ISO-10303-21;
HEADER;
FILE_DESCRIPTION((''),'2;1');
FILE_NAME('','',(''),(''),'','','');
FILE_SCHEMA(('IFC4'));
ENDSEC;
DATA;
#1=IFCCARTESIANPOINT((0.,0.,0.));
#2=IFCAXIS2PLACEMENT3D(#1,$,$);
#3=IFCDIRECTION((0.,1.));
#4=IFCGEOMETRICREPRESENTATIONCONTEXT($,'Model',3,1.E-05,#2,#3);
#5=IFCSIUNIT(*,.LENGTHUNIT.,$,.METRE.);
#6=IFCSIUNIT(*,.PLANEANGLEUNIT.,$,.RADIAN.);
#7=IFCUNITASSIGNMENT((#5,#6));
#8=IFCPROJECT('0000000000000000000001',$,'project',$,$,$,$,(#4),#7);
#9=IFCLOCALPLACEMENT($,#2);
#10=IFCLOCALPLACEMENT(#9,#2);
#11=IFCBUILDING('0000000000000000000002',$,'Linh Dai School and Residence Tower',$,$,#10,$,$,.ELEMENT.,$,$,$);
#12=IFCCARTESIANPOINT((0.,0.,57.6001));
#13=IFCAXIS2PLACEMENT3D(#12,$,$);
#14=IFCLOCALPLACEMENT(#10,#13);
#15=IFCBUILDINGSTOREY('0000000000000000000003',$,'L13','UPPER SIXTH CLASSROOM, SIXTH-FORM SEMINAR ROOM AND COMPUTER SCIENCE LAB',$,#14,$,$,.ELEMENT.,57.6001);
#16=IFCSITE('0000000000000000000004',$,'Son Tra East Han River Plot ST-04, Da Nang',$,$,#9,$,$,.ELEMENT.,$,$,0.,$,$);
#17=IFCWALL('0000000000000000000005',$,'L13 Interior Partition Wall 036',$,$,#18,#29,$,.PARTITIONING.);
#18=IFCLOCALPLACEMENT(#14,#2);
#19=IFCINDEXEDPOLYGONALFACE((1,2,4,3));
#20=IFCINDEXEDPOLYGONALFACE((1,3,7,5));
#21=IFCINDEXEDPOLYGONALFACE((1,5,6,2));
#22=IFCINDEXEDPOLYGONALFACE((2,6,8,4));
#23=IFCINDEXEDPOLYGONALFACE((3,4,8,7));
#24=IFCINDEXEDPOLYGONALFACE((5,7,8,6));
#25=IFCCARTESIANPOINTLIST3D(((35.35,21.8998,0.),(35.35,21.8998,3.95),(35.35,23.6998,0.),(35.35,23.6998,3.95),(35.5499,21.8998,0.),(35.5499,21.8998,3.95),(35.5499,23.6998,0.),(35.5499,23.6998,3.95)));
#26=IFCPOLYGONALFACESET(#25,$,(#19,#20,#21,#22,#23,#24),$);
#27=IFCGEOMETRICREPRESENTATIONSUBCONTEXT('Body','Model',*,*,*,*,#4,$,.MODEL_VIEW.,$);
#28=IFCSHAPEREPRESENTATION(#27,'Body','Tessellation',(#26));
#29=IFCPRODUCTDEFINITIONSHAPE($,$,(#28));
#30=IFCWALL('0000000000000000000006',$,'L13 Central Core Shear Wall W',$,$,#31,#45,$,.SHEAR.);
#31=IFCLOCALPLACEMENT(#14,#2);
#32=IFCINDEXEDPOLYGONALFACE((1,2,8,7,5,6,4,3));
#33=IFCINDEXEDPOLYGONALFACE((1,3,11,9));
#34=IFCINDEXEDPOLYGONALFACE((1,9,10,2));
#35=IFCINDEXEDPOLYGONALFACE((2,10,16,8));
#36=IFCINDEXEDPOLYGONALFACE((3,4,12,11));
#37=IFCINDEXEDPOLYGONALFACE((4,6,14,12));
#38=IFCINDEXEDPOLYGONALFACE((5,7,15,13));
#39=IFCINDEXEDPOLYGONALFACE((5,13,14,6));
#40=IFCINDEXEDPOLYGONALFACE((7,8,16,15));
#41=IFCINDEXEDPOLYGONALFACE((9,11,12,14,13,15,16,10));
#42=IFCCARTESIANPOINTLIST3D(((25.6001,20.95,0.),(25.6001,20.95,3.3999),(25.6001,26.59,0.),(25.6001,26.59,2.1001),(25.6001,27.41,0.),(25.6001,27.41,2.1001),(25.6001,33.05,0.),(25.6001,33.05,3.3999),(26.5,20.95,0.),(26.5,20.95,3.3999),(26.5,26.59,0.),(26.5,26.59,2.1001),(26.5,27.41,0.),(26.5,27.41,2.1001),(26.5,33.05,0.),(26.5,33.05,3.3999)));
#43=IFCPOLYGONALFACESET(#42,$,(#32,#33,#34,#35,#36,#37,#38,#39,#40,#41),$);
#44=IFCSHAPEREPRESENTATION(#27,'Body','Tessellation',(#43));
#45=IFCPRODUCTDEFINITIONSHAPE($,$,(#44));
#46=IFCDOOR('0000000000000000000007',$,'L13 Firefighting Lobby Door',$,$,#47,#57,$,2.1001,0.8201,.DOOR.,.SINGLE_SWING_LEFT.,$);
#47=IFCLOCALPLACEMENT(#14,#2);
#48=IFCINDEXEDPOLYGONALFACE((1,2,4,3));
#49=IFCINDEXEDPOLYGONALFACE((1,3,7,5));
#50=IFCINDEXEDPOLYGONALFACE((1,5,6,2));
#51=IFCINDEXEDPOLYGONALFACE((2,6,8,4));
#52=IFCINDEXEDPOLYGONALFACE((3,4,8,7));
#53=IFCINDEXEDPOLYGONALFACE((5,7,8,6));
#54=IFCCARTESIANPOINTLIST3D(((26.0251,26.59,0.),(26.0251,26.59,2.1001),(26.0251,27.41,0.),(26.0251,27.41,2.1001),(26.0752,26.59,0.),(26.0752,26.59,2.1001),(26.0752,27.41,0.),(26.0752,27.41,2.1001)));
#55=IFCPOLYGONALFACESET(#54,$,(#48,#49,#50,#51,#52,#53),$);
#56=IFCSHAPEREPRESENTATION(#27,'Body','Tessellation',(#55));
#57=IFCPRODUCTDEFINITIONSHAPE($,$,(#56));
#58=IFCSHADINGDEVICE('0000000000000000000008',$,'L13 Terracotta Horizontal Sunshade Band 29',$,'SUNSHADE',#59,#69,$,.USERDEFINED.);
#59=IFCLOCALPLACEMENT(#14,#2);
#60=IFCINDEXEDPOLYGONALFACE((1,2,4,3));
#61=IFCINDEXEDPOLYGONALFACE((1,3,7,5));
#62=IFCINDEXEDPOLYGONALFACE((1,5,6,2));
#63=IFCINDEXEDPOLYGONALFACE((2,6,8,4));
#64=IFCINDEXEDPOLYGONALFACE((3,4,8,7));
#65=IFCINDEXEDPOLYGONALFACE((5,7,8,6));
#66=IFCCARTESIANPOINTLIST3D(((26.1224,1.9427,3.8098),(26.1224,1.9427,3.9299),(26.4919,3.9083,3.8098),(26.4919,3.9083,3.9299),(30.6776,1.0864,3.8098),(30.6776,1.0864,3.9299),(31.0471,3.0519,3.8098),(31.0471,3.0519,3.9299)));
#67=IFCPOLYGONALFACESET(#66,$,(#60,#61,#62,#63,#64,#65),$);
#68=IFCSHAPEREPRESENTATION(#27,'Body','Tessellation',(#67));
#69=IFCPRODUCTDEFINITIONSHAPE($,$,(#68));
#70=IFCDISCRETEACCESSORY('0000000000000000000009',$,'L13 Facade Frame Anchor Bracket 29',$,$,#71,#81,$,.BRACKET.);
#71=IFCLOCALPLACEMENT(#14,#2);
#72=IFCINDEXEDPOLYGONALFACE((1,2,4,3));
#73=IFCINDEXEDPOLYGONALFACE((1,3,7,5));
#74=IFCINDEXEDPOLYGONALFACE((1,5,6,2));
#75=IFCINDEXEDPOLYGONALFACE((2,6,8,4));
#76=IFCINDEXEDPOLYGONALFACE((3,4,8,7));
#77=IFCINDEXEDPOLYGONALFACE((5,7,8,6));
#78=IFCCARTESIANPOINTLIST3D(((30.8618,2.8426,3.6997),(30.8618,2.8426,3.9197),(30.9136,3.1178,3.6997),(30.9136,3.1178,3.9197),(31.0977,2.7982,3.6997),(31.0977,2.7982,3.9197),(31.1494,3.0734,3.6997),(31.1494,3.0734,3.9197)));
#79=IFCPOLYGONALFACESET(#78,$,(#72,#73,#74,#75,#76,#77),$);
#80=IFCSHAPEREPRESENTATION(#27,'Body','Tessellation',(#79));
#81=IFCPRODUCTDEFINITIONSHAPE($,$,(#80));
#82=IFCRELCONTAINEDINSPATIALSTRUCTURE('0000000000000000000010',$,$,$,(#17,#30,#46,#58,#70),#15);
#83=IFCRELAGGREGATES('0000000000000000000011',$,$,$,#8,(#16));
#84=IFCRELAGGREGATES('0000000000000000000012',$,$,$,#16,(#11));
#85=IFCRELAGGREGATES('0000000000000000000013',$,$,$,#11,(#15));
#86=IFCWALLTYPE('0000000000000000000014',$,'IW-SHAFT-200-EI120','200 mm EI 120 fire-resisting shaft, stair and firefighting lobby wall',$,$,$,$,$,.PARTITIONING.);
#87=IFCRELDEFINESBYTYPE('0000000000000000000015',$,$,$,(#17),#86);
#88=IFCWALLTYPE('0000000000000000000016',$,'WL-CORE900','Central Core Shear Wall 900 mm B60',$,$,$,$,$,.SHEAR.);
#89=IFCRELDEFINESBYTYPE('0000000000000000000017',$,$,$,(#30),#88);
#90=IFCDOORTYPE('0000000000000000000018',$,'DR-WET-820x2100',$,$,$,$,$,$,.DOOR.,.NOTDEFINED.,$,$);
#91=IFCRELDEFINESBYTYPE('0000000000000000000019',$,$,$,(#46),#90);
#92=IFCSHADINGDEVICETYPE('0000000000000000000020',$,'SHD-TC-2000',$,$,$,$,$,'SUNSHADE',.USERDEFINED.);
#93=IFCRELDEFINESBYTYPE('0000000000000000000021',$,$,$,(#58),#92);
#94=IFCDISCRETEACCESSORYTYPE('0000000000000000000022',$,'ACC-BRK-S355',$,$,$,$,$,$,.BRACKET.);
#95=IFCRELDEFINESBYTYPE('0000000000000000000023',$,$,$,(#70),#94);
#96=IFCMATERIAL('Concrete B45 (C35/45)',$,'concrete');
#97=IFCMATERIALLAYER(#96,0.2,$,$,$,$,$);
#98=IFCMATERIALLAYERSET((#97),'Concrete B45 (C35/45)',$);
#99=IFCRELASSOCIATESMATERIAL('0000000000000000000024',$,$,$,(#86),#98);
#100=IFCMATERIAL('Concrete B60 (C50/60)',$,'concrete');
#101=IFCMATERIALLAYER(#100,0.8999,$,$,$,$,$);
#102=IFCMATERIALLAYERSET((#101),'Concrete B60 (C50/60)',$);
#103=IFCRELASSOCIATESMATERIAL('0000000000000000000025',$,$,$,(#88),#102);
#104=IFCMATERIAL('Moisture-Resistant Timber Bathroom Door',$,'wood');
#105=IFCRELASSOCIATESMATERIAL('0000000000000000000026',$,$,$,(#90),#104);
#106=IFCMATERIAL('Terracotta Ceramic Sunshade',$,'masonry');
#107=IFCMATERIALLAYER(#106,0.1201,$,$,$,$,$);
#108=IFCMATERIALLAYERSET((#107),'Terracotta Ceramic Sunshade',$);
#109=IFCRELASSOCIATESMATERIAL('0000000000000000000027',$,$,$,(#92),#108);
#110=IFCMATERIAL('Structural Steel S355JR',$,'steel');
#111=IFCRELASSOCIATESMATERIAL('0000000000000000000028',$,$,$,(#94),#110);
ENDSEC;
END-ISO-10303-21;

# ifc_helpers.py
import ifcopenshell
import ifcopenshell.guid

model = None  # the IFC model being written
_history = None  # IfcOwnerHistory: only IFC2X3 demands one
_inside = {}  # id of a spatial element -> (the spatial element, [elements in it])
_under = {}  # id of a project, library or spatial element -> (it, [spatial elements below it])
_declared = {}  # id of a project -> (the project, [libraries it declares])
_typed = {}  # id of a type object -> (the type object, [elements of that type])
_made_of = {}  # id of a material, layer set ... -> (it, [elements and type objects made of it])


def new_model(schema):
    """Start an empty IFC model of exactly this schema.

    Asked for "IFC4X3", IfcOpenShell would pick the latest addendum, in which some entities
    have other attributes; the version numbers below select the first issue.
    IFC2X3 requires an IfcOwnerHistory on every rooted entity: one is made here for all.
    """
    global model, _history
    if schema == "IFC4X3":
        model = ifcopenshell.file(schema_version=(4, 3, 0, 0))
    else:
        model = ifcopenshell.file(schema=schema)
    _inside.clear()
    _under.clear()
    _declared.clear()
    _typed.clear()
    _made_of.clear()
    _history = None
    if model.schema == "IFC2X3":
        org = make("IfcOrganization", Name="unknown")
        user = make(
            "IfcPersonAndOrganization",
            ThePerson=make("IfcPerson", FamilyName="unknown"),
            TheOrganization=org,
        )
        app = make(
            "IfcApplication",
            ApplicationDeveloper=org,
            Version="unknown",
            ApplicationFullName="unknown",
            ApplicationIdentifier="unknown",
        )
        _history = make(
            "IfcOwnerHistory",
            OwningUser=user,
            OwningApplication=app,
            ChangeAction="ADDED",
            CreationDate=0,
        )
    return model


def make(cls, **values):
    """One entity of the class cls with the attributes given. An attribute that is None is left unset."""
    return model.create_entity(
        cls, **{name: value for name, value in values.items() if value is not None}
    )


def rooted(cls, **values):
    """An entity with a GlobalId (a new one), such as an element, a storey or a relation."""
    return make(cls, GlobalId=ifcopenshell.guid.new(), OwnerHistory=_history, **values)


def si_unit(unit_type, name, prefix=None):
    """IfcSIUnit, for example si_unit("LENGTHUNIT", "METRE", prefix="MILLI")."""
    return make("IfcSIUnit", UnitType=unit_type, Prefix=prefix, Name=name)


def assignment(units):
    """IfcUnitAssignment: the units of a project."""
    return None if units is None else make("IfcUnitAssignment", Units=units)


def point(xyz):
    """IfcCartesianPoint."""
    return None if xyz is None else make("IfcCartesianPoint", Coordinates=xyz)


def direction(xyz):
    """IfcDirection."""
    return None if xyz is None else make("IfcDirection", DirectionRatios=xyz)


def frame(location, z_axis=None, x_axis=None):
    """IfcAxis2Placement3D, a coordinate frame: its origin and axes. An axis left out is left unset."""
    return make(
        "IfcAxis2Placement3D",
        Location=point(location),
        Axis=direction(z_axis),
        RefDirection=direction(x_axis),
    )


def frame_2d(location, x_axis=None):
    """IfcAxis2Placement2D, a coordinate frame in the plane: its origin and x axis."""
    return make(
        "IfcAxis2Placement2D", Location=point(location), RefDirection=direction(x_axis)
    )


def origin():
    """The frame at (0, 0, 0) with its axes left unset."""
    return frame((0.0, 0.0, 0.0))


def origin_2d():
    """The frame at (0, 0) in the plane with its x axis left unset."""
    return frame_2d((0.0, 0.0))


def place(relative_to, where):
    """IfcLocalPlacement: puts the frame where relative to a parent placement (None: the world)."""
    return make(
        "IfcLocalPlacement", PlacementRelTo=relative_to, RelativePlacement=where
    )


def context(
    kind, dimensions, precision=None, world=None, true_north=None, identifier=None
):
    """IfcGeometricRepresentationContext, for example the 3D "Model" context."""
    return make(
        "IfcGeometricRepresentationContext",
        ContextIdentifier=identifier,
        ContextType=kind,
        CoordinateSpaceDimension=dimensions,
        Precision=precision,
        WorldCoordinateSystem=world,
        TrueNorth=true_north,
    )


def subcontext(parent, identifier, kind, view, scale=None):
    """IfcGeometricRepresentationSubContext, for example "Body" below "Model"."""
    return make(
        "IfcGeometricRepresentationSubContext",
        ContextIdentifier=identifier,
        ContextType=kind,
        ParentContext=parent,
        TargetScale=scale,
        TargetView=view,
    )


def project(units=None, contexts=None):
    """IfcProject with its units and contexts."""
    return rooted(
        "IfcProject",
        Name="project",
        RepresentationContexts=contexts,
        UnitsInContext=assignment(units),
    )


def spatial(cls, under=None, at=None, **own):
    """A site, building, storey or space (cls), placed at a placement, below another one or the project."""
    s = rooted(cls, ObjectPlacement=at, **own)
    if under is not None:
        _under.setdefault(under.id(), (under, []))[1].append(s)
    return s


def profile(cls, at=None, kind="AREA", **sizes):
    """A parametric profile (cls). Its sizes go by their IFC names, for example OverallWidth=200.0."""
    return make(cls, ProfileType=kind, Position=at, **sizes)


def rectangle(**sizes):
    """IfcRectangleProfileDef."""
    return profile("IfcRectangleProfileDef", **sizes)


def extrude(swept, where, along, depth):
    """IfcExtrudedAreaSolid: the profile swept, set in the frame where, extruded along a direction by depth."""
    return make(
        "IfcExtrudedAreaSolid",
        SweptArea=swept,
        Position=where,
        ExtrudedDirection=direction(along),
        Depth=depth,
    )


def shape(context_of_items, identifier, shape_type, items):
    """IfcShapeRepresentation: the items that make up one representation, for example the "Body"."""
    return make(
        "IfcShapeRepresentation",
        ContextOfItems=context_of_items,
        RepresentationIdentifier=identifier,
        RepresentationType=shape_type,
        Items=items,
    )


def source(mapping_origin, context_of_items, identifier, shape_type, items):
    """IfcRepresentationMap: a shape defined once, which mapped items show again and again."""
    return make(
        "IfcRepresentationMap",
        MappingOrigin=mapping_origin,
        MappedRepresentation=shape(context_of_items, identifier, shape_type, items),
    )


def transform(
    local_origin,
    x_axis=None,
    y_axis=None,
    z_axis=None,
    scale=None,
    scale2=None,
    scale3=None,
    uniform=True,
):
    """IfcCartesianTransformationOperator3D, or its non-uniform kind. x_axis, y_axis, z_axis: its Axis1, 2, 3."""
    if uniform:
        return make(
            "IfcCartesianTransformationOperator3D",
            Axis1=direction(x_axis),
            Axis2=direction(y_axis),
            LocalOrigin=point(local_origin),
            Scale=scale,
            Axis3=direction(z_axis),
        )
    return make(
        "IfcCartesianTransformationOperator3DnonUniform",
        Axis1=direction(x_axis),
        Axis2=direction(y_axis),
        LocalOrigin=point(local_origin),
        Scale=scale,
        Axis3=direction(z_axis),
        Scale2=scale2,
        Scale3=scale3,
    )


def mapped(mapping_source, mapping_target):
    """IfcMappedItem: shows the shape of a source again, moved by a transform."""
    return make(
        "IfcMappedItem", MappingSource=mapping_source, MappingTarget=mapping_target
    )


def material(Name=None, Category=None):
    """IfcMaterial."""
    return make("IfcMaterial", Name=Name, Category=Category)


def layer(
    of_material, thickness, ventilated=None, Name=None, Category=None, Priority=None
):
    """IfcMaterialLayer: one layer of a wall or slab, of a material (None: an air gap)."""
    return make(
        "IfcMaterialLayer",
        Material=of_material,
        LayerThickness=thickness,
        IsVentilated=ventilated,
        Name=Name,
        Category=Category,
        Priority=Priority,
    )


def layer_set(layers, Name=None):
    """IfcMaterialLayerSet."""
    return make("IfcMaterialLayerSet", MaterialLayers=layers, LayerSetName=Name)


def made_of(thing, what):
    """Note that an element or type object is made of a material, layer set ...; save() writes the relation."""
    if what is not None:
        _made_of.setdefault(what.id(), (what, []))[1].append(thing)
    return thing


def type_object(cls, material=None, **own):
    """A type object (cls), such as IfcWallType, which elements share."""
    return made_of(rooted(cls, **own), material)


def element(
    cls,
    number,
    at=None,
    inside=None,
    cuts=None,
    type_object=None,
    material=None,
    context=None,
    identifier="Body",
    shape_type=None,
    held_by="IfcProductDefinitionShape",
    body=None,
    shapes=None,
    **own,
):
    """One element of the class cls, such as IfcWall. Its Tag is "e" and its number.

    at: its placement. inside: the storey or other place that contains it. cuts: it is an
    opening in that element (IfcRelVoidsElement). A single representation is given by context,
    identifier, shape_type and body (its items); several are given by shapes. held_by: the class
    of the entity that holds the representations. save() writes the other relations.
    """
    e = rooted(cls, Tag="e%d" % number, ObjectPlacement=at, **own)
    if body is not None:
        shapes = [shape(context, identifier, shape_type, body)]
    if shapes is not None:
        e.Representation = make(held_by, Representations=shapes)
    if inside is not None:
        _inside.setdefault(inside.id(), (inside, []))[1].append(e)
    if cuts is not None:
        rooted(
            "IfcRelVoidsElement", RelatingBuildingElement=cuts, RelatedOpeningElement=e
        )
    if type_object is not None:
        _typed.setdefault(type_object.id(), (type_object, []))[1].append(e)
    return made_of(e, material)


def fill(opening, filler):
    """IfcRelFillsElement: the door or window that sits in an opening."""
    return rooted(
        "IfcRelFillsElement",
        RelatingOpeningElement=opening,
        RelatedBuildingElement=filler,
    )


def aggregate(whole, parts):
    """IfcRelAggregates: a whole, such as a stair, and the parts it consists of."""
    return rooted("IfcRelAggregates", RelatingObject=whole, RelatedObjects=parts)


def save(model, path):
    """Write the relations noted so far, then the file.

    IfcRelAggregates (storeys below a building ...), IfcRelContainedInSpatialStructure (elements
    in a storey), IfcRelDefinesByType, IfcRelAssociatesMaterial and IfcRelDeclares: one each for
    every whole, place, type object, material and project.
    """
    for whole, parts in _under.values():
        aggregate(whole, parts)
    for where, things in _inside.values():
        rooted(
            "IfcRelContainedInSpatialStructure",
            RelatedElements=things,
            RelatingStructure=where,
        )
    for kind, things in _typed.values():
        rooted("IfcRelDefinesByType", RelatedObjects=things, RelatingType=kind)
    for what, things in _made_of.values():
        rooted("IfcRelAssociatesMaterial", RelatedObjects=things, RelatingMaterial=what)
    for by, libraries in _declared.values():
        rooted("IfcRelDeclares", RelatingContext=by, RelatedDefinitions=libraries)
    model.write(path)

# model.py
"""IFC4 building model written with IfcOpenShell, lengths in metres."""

from ifc_helpers import new_model, si_unit, direction, frame, frame_2d, origin, origin_2d, place, context, subcontext, project, spatial, rectangle, extrude, source, transform, mapped, material, layer, layer_set, type_object, element, fill, save


model = new_model("IFC4")

# Units and contexts
model_context = context("Model", 3, precision=1e-05, world=origin(), true_north=direction((0.0, 1.0)))
body_context = subcontext(model_context, "Body", "Model", "MODEL_VIEW")
ifc_project = project(units=[si_unit("LENGTHUNIT", "METRE"), si_unit("PLANEANGLEUNIT", "RADIAN")], contexts=[model_context])

# Site, building, storey
site_placement = place(None, origin())
site = spatial("IfcSite", under=ifc_project, at=site_placement, Name="Son Tra East Han River Plot ST-04, Da Nang", CompositionType="ELEMENT", RefElevation=0.0)
building_placement = place(site_placement, origin())
building = spatial("IfcBuilding", under=site, at=building_placement, Name="Linh Dai School and Residence Tower", CompositionType="ELEMENT")
storey_placement = place(building_placement, frame((0.0, 0.0, 57.6001)))
storey = spatial("IfcBuildingStorey", under=building, at=storey_placement, Name="L13", Description="UPPER SIXTH CLASSROOM, SIXTH-FORM SEMINAR ROOM AND COMPUTER SCIENCE LAB", CompositionType="ELEMENT", Elevation=57.6001)

# Shared definitions
ifc_material_1 = material(Name="Concrete B60 (C50/60)", Category="concrete")
ifc_material_2 = material(Name="Structural Steel S355JR", Category="steel")

# Wall
ifc_material_3 = material(Name="Concrete B45 (C35/45)", Category="concrete")
ifc_layer_1 = layer(ifc_material_3, 0.2)
ifc_layer_set_1 = layer_set([ifc_layer_1], Name="Concrete B45 (C35/45)")
wall_type_1 = type_object("IfcWallType", Name="IW-SHAFT-200-EI120", Description="200 mm EI 120 fire-resisting shaft, stair and firefighting lobby wall", PredefinedType="PARTITIONING", material=ifc_layer_set_1)
wall_1_placement = place(storey_placement, frame((35.45, 21.8999, 0.0), z_axis=(0.0, 0.0, 1.0), x_axis=(0.0, 1.0, 0.0)))
element("IfcWall", 1, at=wall_1_placement, inside=storey, type_object=wall_type_1, Name="L13 Interior Partition Wall 036", PredefinedType="PARTITIONING", context=body_context, shape_type="SweptSolid", body=[
    extrude(rectangle(XDim=1.8, YDim=0.2, at=frame_2d((0.8999, 0.0))), origin(), (0.0, 0.0, 1.0), 3.95),
])

# Wall, opening, door
ifc_layer_2 = layer(ifc_material_1, 0.8999)
ifc_layer_set_2 = layer_set([ifc_layer_2], Name="Concrete B60 (C50/60)")
wall_type_2 = type_object("IfcWallType", Name="WL-CORE900", Description="Central Core Shear Wall 900 mm B60", PredefinedType="SHEAR", material=ifc_layer_set_2)
wall_2_placement = place(storey_placement, frame((26.05, 20.95, 0.0), z_axis=(0.0, 0.0, 1.0), x_axis=(0.0, 1.0, 0.0)))
wall_2 = element("IfcWall", 2, at=wall_2_placement, inside=storey, type_object=wall_type_2, Name="L13 Central Core Shear Wall W", PredefinedType="SHEAR", context=body_context, shape_type="SweptSolid", body=[
    extrude(rectangle(XDim=12.1001, YDim=0.8999, at=frame_2d((6.05, 0.0))), origin(), (0.0, 0.0, 1.0), 3.3999),
])
opening_1_placement = place(wall_2_placement, frame((5.6399, 0.0, 0.0)))
opening_1 = element("IfcOpeningElement", 3, at=opening_1_placement, cuts=wall_2, PredefinedType="OPENING", context=body_context, shape_type="SweptSolid", body=[
    extrude(rectangle(XDim=0.8201, YDim=2.1001, at=origin_2d()), frame((0.4102, 0.46, 1.05), z_axis=(0.0, -1.0, 0.0), x_axis=(1.0, 0.0, 0.0)), (0.0, 0.0, 1.0), 0.9199),
])
ifc_material_4 = material(Name="Moisture-Resistant Timber Bathroom Door", Category="wood")
door_type = type_object("IfcDoorType", Name="DR-WET-820x2100", OperationType="NOTDEFINED", PredefinedType="DOOR", material=ifc_material_4)
shared_shape_1 = source(origin(), body_context, "Body", "SweptSolid", [
    extrude(rectangle(XDim=0.8201, YDim=2.1001, at=origin_2d()), frame((0.4102, 0.0249, 1.05), z_axis=(0.0, -1.0, 0.0), x_axis=(1.0, 0.0, 0.0)), (0.0, 0.0, 1.0), 0.05),
])
door_placement = place(opening_1_placement, origin())
door = element("IfcDoor", 4, at=door_placement, inside=storey, type_object=door_type, Name="L13 Firefighting Lobby Door", OperationType="SINGLE_SWING_LEFT", OverallHeight=2.1001, OverallWidth=0.8201, PredefinedType="DOOR", context=body_context, shape_type="MappedRepresentation", body=[
    mapped(shared_shape_1, transform((0.0, 0.0, 0.0), x_axis=(1.0, 0.0, 0.0), y_axis=(0.0, 1.0, 0.0), z_axis=(0.0, 0.0, 1.0), scale=1.0)),
])
fill(opening_1, door)

# Shading device
ifc_material_5 = material(Name="Terracotta Ceramic Sunshade", Category="masonry")
ifc_layer_3 = layer(ifc_material_5, 0.1201)
ifc_layer_set_3 = layer_set([ifc_layer_3], Name="Terracotta Ceramic Sunshade")
shading_device_type = type_object("IfcShadingDeviceType", Name="SHD-TC-2000", ElementType="SUNSHADE", PredefinedType="USERDEFINED", material=ifc_layer_set_3)
shared_shape_2 = source(origin(), body_context, "Body", "SweptSolid", [
    extrude(rectangle(XDim=4.635, YDim=2.0, at=origin_2d()), origin(), (0.0, 0.0, 1.0), 0.1201),
])
shading_device_placement = place(storey_placement, frame((28.5847, 2.4973, 3.8098), z_axis=(0.0, 0.0, 1.0), x_axis=(-0.982786, 0.184748, 0.0)))
element("IfcShadingDevice", 5, at=shading_device_placement, inside=storey, type_object=shading_device_type, Name="L13 Terracotta Horizontal Sunshade Band 29", ObjectType="SUNSHADE", PredefinedType="USERDEFINED", context=body_context, shape_type="MappedRepresentation", body=[
    mapped(shared_shape_2, transform((0.0, 0.0, 0.0), x_axis=(1.0, 0.0, 0.0), y_axis=(0.0, 1.0, 0.0), z_axis=(0.0, 0.0, 1.0), scale=1.0)),
])

# Discrete accessory
discrete_accessory_type = type_object("IfcDiscreteAccessoryType", Name="ACC-BRK-S355", PredefinedType="BRACKET", material=ifc_material_2)
shared_shape_3 = source(origin(), body_context, "Body", "SweptSolid", [
    extrude(rectangle(XDim=0.28, YDim=0.24, at=origin_2d()), origin(), (0.0, 0.0, 1.0), 0.22),
])
discrete_accessory_placement = place(storey_placement, frame((31.0056, 2.958, 3.6997), z_axis=(0.0, 0.0, 1.0), x_axis=(-0.184748, -0.982786, 0.0)))
element("IfcDiscreteAccessory", 6, at=discrete_accessory_placement, inside=storey, type_object=discrete_accessory_type, Name="L13 Facade Frame Anchor Bracket 29", PredefinedType="BRACKET", context=body_context, shape_type="MappedRepresentation", body=[
    mapped(shared_shape_3, transform((0.0, 0.0, 0.0), x_axis=(1.0, 0.0, 0.0), y_axis=(0.0, 1.0, 0.0), z_axis=(0.0, 0.0, 1.0), scale=1.0)),
])

save(model, "model.ifc")
